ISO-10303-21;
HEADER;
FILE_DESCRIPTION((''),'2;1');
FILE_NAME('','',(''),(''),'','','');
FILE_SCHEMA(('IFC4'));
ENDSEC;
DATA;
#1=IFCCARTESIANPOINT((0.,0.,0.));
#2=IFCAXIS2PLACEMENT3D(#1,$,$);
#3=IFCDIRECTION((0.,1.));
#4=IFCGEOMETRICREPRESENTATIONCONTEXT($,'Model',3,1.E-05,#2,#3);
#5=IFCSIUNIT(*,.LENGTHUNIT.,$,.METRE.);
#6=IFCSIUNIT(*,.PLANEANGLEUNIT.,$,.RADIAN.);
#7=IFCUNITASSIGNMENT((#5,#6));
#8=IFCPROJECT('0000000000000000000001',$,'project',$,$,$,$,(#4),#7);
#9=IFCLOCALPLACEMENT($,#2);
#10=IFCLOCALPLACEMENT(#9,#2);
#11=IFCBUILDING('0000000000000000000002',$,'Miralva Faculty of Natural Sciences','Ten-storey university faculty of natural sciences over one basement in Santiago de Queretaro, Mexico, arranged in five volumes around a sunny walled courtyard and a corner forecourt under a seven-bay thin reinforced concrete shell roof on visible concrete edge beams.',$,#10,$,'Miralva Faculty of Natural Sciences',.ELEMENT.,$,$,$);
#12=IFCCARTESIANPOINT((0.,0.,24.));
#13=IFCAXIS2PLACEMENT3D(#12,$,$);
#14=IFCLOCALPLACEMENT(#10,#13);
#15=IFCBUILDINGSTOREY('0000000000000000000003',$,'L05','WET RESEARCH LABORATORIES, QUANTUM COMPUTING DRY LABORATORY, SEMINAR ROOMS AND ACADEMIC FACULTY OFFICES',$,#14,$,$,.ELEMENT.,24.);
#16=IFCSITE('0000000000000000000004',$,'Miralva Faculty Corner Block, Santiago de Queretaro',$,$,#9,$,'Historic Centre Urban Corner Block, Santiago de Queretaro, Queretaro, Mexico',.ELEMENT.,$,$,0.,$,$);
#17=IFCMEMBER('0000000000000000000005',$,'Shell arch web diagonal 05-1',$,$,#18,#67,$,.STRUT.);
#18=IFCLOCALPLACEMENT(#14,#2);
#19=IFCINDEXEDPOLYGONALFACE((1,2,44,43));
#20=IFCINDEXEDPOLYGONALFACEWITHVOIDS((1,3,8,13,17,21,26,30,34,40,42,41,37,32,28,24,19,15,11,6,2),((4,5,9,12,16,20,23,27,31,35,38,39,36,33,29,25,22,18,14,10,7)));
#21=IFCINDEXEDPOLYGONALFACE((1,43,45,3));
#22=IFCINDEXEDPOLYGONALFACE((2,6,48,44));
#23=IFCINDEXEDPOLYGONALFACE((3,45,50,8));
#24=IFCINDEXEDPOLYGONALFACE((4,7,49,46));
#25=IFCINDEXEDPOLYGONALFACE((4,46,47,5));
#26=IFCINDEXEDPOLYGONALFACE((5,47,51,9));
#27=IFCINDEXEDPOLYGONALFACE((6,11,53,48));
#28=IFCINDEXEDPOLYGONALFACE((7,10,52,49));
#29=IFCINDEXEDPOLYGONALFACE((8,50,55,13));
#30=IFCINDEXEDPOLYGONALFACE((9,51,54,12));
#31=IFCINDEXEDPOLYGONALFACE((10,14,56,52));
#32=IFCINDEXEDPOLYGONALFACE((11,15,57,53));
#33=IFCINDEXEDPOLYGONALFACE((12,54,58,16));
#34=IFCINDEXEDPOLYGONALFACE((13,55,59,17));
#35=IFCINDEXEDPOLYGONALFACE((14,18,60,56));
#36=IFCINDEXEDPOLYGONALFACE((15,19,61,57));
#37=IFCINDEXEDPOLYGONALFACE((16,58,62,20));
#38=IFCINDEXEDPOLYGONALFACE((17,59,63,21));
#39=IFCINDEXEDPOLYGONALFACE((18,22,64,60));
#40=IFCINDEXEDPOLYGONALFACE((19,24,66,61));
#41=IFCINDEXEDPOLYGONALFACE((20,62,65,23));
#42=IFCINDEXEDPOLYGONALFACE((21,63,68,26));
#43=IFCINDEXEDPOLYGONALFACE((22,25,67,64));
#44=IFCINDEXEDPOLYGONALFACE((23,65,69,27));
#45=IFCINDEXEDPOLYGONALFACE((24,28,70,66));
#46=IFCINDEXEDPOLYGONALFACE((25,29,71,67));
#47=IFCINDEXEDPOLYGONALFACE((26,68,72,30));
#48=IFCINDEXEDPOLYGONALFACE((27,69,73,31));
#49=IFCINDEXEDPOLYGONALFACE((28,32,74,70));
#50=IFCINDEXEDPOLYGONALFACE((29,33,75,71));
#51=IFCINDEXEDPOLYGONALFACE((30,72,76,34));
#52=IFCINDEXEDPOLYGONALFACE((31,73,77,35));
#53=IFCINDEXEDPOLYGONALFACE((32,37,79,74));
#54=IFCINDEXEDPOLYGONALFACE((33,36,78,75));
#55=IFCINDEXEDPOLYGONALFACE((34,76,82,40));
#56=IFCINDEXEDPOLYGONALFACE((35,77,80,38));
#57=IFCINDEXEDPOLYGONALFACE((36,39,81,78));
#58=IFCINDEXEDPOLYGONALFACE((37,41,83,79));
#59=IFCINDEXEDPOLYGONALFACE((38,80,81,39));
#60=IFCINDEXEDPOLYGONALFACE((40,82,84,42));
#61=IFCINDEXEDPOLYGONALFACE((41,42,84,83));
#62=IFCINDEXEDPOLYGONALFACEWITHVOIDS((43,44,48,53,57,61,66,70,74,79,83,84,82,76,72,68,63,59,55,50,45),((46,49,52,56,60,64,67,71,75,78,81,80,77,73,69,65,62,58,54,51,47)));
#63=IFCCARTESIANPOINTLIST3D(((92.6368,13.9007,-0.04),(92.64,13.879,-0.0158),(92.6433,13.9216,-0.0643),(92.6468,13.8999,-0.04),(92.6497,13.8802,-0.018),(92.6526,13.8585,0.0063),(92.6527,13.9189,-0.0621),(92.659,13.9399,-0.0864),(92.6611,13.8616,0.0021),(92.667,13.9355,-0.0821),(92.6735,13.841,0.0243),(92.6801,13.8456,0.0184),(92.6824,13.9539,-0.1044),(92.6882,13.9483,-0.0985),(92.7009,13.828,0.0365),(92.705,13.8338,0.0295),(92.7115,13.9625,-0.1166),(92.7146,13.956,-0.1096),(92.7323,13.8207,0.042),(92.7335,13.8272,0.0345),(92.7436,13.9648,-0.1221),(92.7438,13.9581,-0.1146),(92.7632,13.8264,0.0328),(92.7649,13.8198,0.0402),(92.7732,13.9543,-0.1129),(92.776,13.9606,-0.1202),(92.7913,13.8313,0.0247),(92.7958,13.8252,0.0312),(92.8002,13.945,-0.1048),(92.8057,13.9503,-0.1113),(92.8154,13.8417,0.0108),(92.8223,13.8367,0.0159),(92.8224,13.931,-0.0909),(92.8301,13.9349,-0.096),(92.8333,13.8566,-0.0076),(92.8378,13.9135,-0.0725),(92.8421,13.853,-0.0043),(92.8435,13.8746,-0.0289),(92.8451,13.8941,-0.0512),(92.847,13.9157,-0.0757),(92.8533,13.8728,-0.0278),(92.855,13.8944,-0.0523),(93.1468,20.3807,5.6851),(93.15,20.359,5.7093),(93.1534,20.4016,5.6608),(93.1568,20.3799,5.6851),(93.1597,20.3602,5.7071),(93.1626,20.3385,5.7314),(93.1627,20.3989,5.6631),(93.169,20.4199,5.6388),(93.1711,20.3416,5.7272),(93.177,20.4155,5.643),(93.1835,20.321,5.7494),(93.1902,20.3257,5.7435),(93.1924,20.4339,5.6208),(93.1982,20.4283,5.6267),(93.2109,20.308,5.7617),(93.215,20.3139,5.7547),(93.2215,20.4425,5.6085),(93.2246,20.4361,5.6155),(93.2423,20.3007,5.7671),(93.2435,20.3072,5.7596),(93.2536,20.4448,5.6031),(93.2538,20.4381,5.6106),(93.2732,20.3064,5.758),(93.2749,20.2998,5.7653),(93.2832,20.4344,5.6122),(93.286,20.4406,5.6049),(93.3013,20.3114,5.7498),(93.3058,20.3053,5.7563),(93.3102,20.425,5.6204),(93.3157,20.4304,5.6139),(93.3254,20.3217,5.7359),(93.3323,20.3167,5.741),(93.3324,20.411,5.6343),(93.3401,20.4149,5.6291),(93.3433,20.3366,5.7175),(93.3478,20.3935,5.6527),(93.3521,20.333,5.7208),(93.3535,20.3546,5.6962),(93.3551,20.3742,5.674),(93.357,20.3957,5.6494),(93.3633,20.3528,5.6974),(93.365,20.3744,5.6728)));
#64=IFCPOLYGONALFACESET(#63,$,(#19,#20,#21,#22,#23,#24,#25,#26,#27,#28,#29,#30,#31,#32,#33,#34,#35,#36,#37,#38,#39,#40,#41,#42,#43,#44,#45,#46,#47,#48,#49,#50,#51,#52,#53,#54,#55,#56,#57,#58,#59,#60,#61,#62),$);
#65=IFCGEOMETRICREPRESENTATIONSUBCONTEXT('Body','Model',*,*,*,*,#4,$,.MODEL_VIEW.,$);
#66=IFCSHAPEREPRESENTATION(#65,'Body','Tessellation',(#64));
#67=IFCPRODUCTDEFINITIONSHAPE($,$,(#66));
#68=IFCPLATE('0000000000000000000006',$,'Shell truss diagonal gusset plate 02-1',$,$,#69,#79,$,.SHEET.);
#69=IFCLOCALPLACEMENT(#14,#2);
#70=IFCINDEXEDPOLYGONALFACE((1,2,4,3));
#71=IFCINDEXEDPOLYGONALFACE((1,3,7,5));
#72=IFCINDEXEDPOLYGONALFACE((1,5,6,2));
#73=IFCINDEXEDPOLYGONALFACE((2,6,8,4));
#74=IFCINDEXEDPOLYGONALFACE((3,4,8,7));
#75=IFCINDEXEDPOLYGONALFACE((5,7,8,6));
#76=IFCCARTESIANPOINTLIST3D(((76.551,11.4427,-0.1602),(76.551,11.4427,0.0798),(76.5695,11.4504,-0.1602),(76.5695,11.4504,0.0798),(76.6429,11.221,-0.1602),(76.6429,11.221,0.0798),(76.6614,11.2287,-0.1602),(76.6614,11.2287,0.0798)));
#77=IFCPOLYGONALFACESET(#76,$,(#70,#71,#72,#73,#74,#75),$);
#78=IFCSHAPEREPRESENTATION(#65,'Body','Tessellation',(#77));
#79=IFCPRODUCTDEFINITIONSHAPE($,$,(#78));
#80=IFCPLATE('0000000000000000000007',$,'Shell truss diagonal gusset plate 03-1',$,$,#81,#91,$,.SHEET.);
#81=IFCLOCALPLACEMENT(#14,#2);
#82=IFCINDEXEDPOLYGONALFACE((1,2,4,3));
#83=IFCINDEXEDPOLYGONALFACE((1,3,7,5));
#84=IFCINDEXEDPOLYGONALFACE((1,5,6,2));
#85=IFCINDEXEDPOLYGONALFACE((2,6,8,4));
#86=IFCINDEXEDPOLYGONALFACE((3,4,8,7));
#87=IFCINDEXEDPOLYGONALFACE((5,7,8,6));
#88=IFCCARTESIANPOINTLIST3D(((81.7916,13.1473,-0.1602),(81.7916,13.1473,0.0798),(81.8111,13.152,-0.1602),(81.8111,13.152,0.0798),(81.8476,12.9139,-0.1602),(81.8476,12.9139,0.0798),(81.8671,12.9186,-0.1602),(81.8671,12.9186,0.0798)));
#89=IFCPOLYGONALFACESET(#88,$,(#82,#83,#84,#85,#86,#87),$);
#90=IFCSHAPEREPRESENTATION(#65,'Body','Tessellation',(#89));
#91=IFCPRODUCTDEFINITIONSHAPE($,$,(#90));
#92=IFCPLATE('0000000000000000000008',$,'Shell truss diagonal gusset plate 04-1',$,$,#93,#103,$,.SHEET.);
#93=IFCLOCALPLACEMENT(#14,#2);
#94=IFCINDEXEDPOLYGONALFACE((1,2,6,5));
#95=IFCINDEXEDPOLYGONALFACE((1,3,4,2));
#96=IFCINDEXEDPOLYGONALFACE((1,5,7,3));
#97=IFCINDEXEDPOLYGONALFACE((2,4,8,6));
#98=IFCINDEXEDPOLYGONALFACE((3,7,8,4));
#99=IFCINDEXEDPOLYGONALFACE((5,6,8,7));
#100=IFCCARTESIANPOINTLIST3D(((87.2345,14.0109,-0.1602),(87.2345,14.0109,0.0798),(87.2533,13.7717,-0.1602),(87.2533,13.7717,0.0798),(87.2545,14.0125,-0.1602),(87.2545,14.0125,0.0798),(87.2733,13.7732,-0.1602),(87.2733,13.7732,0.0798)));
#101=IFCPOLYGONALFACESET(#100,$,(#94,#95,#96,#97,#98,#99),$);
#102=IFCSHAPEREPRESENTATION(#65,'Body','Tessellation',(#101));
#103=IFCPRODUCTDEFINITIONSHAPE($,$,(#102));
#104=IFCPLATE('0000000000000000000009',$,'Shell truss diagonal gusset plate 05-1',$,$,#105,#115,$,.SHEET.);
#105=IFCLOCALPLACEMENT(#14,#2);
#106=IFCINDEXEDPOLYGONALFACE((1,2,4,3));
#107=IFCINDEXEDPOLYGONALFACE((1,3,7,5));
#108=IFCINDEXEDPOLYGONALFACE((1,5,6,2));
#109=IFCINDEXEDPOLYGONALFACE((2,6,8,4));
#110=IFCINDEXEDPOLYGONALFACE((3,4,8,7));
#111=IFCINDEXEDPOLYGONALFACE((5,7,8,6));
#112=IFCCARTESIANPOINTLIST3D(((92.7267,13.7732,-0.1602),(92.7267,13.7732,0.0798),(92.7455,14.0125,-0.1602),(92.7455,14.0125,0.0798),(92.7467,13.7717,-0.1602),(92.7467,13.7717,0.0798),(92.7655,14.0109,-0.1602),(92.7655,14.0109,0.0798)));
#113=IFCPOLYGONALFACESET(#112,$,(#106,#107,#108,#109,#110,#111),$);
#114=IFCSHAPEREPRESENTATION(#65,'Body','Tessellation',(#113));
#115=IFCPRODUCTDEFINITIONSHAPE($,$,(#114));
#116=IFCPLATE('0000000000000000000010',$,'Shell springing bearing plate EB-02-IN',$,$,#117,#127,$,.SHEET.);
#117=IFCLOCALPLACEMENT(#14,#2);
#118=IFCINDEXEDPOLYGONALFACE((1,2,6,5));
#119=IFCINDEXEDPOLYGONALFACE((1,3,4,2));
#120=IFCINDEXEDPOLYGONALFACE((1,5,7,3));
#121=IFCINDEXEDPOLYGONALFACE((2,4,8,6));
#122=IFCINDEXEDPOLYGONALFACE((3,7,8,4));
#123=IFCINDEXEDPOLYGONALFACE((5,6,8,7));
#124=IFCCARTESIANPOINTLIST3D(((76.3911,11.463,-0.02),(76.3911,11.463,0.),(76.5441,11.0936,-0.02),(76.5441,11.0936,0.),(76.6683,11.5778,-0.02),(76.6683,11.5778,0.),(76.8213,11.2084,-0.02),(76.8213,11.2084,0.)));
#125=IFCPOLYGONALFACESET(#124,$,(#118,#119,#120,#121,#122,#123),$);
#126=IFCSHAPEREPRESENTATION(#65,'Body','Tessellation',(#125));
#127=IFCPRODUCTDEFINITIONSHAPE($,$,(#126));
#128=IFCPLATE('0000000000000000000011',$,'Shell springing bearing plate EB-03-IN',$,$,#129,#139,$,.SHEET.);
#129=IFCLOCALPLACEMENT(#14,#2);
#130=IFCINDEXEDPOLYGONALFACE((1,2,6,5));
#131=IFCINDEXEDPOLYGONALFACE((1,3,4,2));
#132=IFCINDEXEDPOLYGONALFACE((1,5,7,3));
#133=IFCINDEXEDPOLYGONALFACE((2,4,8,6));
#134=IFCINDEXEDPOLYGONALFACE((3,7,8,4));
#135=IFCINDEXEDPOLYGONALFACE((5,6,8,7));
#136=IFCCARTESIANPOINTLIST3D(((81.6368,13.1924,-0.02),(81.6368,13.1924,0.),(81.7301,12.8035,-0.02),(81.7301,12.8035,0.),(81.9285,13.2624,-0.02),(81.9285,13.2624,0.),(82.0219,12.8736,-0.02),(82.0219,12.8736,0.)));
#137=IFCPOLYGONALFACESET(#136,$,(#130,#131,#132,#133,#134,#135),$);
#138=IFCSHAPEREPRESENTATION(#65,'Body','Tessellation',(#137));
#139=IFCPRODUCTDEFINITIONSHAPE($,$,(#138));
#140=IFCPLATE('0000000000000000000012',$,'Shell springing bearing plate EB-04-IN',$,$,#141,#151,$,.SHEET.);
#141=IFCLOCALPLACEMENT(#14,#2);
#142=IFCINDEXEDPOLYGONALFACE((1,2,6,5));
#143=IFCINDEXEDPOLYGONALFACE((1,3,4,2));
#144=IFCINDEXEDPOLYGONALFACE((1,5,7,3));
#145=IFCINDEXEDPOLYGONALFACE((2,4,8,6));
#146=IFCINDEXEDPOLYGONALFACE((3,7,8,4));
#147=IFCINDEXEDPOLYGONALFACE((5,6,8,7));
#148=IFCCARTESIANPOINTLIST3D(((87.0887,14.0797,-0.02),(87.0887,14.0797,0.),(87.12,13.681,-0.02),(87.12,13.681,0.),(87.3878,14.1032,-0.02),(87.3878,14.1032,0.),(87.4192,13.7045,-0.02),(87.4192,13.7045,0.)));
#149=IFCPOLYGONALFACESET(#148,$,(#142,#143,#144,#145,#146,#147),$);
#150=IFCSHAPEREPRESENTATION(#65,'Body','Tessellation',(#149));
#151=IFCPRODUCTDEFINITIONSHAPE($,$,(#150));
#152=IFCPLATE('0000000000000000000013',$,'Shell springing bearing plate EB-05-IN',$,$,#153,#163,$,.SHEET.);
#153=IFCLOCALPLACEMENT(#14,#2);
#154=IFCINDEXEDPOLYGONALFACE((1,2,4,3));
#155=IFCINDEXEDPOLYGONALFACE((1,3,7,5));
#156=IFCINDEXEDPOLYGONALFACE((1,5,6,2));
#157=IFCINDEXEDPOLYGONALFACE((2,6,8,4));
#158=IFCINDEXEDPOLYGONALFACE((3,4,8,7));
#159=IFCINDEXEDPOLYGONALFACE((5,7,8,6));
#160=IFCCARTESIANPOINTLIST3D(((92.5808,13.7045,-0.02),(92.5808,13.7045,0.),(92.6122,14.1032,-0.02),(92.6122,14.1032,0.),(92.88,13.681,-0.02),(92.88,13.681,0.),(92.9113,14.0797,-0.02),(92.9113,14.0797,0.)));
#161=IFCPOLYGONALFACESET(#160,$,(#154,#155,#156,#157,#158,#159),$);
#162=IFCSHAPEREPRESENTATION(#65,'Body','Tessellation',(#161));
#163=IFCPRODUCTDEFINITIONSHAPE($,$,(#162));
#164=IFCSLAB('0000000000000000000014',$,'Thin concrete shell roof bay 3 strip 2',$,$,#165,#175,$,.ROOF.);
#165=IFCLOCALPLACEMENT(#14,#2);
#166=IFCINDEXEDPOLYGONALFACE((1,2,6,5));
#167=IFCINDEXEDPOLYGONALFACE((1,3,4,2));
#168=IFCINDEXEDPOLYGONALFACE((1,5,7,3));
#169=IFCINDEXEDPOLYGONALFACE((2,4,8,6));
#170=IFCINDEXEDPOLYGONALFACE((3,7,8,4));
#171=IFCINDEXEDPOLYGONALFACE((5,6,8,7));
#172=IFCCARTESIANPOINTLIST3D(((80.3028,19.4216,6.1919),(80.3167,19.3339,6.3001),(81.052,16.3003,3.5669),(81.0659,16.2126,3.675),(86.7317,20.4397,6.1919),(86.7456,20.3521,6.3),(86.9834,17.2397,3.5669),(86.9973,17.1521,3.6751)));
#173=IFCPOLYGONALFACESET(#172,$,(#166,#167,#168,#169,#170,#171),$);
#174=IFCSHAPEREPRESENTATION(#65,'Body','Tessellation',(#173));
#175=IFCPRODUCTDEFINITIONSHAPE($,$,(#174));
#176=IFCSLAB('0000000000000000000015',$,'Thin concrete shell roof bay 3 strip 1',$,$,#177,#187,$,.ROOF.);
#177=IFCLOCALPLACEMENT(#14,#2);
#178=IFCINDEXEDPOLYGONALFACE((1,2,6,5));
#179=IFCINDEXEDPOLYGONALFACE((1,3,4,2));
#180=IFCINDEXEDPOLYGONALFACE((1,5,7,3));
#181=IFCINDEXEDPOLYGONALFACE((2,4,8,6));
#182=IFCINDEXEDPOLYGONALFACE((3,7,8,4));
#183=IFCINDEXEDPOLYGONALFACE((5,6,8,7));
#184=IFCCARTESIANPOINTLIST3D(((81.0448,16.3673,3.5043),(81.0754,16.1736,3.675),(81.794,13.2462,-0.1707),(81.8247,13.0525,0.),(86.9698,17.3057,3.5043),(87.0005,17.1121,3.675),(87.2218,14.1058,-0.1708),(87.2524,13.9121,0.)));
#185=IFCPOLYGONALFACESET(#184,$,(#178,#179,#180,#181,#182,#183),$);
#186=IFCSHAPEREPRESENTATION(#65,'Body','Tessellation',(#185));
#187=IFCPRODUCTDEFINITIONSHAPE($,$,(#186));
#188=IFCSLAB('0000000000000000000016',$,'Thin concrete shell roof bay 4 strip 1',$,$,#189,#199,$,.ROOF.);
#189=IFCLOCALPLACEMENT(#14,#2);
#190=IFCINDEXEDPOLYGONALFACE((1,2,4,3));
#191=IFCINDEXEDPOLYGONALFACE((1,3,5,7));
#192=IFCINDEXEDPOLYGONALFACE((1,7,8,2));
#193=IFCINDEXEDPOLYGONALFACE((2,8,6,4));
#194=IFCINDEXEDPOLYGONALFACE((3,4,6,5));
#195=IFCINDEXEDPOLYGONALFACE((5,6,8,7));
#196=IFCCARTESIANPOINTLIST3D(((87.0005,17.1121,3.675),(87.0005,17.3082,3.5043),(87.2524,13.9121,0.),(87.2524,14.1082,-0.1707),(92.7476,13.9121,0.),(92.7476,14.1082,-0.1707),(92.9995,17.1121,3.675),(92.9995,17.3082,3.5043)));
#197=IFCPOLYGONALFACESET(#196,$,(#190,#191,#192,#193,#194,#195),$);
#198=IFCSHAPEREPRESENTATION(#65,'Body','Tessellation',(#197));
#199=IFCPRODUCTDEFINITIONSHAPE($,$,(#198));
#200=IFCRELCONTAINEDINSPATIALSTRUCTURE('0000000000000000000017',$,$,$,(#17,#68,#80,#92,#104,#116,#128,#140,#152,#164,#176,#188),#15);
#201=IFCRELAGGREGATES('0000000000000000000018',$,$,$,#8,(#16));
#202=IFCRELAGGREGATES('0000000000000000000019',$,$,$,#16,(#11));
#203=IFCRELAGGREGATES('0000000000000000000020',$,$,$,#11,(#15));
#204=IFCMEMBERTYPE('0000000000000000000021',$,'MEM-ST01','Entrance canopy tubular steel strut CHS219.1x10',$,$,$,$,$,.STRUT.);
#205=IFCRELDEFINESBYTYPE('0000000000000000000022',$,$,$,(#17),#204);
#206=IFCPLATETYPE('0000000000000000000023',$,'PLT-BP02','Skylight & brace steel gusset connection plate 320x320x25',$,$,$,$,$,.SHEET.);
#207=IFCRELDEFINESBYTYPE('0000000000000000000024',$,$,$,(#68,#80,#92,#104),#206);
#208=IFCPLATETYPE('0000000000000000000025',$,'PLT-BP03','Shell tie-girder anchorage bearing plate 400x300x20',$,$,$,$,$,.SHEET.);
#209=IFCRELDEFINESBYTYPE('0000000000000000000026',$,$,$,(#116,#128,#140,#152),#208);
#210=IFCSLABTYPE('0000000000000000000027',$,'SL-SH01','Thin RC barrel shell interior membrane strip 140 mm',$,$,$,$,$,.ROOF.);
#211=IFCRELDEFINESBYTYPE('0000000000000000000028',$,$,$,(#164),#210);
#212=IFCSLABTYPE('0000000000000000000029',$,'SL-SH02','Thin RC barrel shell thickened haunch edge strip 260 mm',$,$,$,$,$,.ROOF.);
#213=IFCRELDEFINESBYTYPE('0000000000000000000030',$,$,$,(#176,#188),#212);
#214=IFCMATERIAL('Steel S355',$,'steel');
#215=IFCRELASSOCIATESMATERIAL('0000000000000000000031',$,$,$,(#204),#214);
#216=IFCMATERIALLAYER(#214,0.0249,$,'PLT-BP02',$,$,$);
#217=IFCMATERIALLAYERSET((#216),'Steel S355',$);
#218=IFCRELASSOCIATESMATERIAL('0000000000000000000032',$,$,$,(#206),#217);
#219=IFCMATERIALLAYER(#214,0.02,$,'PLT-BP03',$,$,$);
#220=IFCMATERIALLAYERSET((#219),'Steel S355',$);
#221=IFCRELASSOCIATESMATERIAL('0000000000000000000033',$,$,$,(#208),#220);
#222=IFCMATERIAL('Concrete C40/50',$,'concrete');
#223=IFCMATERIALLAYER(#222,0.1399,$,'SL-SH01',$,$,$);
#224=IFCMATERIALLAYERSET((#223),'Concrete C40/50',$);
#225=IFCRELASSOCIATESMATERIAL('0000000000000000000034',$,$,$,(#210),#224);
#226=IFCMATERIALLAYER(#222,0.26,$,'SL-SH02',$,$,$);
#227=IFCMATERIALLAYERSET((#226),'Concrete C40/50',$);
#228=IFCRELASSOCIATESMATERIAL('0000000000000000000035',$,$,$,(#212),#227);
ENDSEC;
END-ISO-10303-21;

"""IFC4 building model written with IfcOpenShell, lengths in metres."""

from ifc_helpers import new_model, si_unit, direction, frame, origin, origin_2d, place, context, subcontext, project, spatial, polyline, rectangle, hollow_circle, outline, extrude, material, layer, layer_set, material_profile, profile_set, type_object, element, save


model = new_model("IFC4")

# Units and contexts
model_context = context("Model", 3, precision=1e-05, world=origin(), true_north=direction((0.0, 1.0)))
body_context = subcontext(model_context, "Body", "Model", "MODEL_VIEW")
ifc_project = project(units=[si_unit("LENGTHUNIT", "METRE"), si_unit("PLANEANGLEUNIT", "RADIAN")], contexts=[model_context])

# Site, building, storey
site_placement = place(None, origin())
site = spatial("IfcSite", under=ifc_project, at=site_placement, Name="Miralva Faculty Corner Block, Santiago de Queretaro", LongName="Historic Centre Urban Corner Block, Santiago de Queretaro, Queretaro, Mexico", CompositionType="ELEMENT", RefElevation=0.0)
building_placement = place(site_placement, origin())
building = spatial("IfcBuilding", under=site, at=building_placement, Name="Miralva Faculty of Natural Sciences", Description="Ten-storey university faculty of natural sciences over one basement in Santiago de Queretaro, Mexico, arranged in five volumes around a sunny walled courtyard and a corner forecourt under a seven-bay thin reinforced concrete shell roof on visible concrete edge beams.", LongName="Miralva Faculty of Natural Sciences", CompositionType="ELEMENT")
storey_placement = place(building_placement, frame((0.0, 0.0, 24.0)))
storey = spatial("IfcBuildingStorey", under=building, at=storey_placement, Name="L05", Description="WET RESEARCH LABORATORIES, QUANTUM COMPUTING DRY LABORATORY, SEMINAR ROOMS AND ACADEMIC FACULTY OFFICES", CompositionType="ELEMENT", Elevation=24.0)

# Shared definitions
ifc_material_1 = material(Name="Concrete C40/50", Category="concrete")
ifc_material_2 = material(Name="Steel S355", Category="steel")

# Member
ifc_material_profile_1 = material_profile(ifc_material_2, hollow_circle(Radius=0.1096, WallThickness=0.01, at=origin_2d()), Name="CHS 219.1x10")
ifc_profile_set_1 = profile_set([ifc_material_profile_1], Name="Steel S355")
member_type_1 = type_object("IfcMemberType", Name="MEM-ST01", Description="Entrance canopy tubular steel strut CHS219.1x10", PredefinedType="STRUT", material=ifc_profile_set_1)
for number, where, z_axis, x_axis, name in (
    (1, (92.7461, 13.8921, -0.04), (0.05888, 0.748109, 0.660958), (-0.996917, 0.078463, 0.0), "Shell arch web diagonal 05-1"),
):
    element("IfcMember", number, at=place(storey_placement, frame(where, z_axis=z_axis, x_axis=x_axis)), inside=storey, type_object=member_type_1, Name=name, PredefinedType="STRUT", context=body_context, shape_type="SweptSolid", body=[
        extrude(hollow_circle(Radius=0.1096, WallThickness=0.01, at=origin_2d()), origin(), (0.0, 0.0, 1.0), 8.6619),
    ])

# Plates
ifc_layer_1 = layer(ifc_material_2, 0.0249, Name="PLT-BP02")
ifc_layer_set_1 = layer_set([ifc_layer_1], Name="Steel S355")
plate_type_1 = type_object("IfcPlateType", Name="PLT-BP02", Description="Skylight & brace steel gusset connection plate 320x320x25", PredefinedType="SHEET", material=ifc_layer_set_1)
for number, where, z_axis, x_axis, name in (
    (2, (76.6062, 11.3357, -0.1602), (0.0, 0.0, 1.0), (-0.382683, 0.92388, 0.0), "Shell truss diagonal gusset plate 02-1"),
    (3, (81.8293, 13.033, -0.1602), (0.0, 0.0, 1.0), (-0.233445, 0.97237, 0.0), "Shell truss diagonal gusset plate 03-1"),
    (4, (87.2539, 13.8921, -0.1602), (0.0, 0.0, 1.0), (-0.078459, 0.996917, 0.0), "Shell truss diagonal gusset plate 04-1"),
    (5, (92.7461, 13.8921, -0.1602), (0.0, 0.0, 1.0), (0.078459, 0.996917, 0.0), "Shell truss diagonal gusset plate 05-1"),
):
    element("IfcPlate", number, at=place(storey_placement, frame(where, z_axis=z_axis, x_axis=x_axis)), inside=storey, type_object=plate_type_1, Name=name, PredefinedType="SHEET", context=body_context, shape_type="SweptSolid", body=[
        extrude(rectangle(XDim=0.24, YDim=0.02, at=origin_2d()), origin(), (0.0, 0.0, 1.0), 0.24),
    ])
ifc_layer_2 = layer(ifc_material_2, 0.02, Name="PLT-BP03")
ifc_layer_set_2 = layer_set([ifc_layer_2], Name="Steel S355")
plate_type_2 = type_object("IfcPlateType", Name="PLT-BP03", Description="Shell tie-girder anchorage bearing plate 400x300x20", PredefinedType="SHEET", material=ifc_layer_set_2)
for number, where, z_axis, x_axis, name in (
    (6, (76.6062, 11.3357, -0.02), (0.0, 0.0, 1.0), (-0.382683, 0.92388, 0.0), "Shell springing bearing plate EB-02-IN"),
    (7, (81.8293, 13.033, -0.02), (0.0, 0.0, 1.0), (-0.233445, 0.97237, 0.0), "Shell springing bearing plate EB-03-IN"),
    (8, (87.2539, 13.8921, -0.02), (0.0, 0.0, 1.0), (-0.078459, 0.996917, 0.0), "Shell springing bearing plate EB-04-IN"),
    (9, (92.7461, 13.8921, -0.02), (0.0, 0.0, 1.0), (0.078459, 0.996917, 0.0), "Shell springing bearing plate EB-05-IN"),
):
    element("IfcPlate", number, at=place(storey_placement, frame(where, z_axis=z_axis, x_axis=x_axis)), inside=storey, type_object=plate_type_2, Name=name, PredefinedType="SHEET", context=body_context, shape_type="SweptSolid", body=[
        extrude(rectangle(XDim=0.3999, YDim=0.3, at=origin_2d()), origin(), (0.0, 0.0, 1.0), 0.02),
    ])

# Slabs
ifc_layer_3 = layer(ifc_material_1, 0.1399, Name="SL-SH01")
ifc_layer_set_3 = layer_set([ifc_layer_3], Name="Concrete C40/50")
slab_type_1 = type_object("IfcSlabType", Name="SL-SH01", Description="Thin RC barrel shell interior membrane strip 140 mm", PredefinedType="ROOF", material=ifc_layer_set_3)
slab_1_placement = place(storey_placement, frame((81.0659, 16.2126, 3.675), z_axis=(0.099206, -0.626414, 0.773152), x_axis=(0.987689, 0.15643, 0.000007)))
element("IfcSlab", 10, at=slab_1_placement, inside=storey, type_object=slab_type_1, Name="Thin concrete shell roof bay 3 strip 2", PredefinedType="ROOF", context=body_context, shape_type="SweptSolid", body=[
    extrude(outline(polyline([(0.0, 0.0), (6.0053, 0.0), (6.2573, 4.1389), (-0.2518, 4.139), (0.0, 0.0)])), origin(), (0.0, 0.0, -1.0), 0.1399),
])
ifc_layer_4 = layer(ifc_material_1, 0.26, Name="SL-SH02")
ifc_layer_set_4 = layer_set([ifc_layer_4], Name="Concrete C40/50")
slab_type_2 = type_object("IfcSlabType", Name="SL-SH02", Description="Thin RC barrel shell thickened haunch edge strip 260 mm", PredefinedType="ROOF", material=ifc_layer_set_4)
slab_2_placement = place(storey_placement, frame((81.8247, 13.0525, 0.0), z_axis=(0.117979, -0.744891, 0.656673), x_axis=(0.987689, 0.15643, -0.000004)))
element("IfcSlab", 11, at=slab_2_placement, inside=storey, type_object=slab_type_2, Name="Thin concrete shell roof bay 3 strip 1", PredefinedType="ROOF", context=body_context, shape_type="SweptSolid", body=[
    extrude(outline(polyline([(0.0, 0.0), (5.4954, 0.0), (5.7471, 4.873), (-0.2518, 4.8729), (0.0, 0.0)])), origin(), (0.0, 0.0, -1.0), 0.26),
])
slab_3_placement = place(storey_placement, frame((87.2524, 13.9121, 0.0), z_axis=(0.0, -0.754173, 0.656676), x_axis=(1.0, 0.0, 0.0)))
element("IfcSlab", 12, at=slab_3_placement, inside=storey, type_object=slab_type_2, Name="Thin concrete shell roof bay 4 strip 1", PredefinedType="ROOF", context=body_context, shape_type="SweptSolid", body=[
    extrude(outline(polyline([(0.0, 0.0), (5.4951, 0.0), (5.7471, 4.873), (-0.252, 4.873), (0.0, 0.0)])), origin(), (0.0, 0.0, -1.0), 0.26),
])

save(model, "model.ifc")
